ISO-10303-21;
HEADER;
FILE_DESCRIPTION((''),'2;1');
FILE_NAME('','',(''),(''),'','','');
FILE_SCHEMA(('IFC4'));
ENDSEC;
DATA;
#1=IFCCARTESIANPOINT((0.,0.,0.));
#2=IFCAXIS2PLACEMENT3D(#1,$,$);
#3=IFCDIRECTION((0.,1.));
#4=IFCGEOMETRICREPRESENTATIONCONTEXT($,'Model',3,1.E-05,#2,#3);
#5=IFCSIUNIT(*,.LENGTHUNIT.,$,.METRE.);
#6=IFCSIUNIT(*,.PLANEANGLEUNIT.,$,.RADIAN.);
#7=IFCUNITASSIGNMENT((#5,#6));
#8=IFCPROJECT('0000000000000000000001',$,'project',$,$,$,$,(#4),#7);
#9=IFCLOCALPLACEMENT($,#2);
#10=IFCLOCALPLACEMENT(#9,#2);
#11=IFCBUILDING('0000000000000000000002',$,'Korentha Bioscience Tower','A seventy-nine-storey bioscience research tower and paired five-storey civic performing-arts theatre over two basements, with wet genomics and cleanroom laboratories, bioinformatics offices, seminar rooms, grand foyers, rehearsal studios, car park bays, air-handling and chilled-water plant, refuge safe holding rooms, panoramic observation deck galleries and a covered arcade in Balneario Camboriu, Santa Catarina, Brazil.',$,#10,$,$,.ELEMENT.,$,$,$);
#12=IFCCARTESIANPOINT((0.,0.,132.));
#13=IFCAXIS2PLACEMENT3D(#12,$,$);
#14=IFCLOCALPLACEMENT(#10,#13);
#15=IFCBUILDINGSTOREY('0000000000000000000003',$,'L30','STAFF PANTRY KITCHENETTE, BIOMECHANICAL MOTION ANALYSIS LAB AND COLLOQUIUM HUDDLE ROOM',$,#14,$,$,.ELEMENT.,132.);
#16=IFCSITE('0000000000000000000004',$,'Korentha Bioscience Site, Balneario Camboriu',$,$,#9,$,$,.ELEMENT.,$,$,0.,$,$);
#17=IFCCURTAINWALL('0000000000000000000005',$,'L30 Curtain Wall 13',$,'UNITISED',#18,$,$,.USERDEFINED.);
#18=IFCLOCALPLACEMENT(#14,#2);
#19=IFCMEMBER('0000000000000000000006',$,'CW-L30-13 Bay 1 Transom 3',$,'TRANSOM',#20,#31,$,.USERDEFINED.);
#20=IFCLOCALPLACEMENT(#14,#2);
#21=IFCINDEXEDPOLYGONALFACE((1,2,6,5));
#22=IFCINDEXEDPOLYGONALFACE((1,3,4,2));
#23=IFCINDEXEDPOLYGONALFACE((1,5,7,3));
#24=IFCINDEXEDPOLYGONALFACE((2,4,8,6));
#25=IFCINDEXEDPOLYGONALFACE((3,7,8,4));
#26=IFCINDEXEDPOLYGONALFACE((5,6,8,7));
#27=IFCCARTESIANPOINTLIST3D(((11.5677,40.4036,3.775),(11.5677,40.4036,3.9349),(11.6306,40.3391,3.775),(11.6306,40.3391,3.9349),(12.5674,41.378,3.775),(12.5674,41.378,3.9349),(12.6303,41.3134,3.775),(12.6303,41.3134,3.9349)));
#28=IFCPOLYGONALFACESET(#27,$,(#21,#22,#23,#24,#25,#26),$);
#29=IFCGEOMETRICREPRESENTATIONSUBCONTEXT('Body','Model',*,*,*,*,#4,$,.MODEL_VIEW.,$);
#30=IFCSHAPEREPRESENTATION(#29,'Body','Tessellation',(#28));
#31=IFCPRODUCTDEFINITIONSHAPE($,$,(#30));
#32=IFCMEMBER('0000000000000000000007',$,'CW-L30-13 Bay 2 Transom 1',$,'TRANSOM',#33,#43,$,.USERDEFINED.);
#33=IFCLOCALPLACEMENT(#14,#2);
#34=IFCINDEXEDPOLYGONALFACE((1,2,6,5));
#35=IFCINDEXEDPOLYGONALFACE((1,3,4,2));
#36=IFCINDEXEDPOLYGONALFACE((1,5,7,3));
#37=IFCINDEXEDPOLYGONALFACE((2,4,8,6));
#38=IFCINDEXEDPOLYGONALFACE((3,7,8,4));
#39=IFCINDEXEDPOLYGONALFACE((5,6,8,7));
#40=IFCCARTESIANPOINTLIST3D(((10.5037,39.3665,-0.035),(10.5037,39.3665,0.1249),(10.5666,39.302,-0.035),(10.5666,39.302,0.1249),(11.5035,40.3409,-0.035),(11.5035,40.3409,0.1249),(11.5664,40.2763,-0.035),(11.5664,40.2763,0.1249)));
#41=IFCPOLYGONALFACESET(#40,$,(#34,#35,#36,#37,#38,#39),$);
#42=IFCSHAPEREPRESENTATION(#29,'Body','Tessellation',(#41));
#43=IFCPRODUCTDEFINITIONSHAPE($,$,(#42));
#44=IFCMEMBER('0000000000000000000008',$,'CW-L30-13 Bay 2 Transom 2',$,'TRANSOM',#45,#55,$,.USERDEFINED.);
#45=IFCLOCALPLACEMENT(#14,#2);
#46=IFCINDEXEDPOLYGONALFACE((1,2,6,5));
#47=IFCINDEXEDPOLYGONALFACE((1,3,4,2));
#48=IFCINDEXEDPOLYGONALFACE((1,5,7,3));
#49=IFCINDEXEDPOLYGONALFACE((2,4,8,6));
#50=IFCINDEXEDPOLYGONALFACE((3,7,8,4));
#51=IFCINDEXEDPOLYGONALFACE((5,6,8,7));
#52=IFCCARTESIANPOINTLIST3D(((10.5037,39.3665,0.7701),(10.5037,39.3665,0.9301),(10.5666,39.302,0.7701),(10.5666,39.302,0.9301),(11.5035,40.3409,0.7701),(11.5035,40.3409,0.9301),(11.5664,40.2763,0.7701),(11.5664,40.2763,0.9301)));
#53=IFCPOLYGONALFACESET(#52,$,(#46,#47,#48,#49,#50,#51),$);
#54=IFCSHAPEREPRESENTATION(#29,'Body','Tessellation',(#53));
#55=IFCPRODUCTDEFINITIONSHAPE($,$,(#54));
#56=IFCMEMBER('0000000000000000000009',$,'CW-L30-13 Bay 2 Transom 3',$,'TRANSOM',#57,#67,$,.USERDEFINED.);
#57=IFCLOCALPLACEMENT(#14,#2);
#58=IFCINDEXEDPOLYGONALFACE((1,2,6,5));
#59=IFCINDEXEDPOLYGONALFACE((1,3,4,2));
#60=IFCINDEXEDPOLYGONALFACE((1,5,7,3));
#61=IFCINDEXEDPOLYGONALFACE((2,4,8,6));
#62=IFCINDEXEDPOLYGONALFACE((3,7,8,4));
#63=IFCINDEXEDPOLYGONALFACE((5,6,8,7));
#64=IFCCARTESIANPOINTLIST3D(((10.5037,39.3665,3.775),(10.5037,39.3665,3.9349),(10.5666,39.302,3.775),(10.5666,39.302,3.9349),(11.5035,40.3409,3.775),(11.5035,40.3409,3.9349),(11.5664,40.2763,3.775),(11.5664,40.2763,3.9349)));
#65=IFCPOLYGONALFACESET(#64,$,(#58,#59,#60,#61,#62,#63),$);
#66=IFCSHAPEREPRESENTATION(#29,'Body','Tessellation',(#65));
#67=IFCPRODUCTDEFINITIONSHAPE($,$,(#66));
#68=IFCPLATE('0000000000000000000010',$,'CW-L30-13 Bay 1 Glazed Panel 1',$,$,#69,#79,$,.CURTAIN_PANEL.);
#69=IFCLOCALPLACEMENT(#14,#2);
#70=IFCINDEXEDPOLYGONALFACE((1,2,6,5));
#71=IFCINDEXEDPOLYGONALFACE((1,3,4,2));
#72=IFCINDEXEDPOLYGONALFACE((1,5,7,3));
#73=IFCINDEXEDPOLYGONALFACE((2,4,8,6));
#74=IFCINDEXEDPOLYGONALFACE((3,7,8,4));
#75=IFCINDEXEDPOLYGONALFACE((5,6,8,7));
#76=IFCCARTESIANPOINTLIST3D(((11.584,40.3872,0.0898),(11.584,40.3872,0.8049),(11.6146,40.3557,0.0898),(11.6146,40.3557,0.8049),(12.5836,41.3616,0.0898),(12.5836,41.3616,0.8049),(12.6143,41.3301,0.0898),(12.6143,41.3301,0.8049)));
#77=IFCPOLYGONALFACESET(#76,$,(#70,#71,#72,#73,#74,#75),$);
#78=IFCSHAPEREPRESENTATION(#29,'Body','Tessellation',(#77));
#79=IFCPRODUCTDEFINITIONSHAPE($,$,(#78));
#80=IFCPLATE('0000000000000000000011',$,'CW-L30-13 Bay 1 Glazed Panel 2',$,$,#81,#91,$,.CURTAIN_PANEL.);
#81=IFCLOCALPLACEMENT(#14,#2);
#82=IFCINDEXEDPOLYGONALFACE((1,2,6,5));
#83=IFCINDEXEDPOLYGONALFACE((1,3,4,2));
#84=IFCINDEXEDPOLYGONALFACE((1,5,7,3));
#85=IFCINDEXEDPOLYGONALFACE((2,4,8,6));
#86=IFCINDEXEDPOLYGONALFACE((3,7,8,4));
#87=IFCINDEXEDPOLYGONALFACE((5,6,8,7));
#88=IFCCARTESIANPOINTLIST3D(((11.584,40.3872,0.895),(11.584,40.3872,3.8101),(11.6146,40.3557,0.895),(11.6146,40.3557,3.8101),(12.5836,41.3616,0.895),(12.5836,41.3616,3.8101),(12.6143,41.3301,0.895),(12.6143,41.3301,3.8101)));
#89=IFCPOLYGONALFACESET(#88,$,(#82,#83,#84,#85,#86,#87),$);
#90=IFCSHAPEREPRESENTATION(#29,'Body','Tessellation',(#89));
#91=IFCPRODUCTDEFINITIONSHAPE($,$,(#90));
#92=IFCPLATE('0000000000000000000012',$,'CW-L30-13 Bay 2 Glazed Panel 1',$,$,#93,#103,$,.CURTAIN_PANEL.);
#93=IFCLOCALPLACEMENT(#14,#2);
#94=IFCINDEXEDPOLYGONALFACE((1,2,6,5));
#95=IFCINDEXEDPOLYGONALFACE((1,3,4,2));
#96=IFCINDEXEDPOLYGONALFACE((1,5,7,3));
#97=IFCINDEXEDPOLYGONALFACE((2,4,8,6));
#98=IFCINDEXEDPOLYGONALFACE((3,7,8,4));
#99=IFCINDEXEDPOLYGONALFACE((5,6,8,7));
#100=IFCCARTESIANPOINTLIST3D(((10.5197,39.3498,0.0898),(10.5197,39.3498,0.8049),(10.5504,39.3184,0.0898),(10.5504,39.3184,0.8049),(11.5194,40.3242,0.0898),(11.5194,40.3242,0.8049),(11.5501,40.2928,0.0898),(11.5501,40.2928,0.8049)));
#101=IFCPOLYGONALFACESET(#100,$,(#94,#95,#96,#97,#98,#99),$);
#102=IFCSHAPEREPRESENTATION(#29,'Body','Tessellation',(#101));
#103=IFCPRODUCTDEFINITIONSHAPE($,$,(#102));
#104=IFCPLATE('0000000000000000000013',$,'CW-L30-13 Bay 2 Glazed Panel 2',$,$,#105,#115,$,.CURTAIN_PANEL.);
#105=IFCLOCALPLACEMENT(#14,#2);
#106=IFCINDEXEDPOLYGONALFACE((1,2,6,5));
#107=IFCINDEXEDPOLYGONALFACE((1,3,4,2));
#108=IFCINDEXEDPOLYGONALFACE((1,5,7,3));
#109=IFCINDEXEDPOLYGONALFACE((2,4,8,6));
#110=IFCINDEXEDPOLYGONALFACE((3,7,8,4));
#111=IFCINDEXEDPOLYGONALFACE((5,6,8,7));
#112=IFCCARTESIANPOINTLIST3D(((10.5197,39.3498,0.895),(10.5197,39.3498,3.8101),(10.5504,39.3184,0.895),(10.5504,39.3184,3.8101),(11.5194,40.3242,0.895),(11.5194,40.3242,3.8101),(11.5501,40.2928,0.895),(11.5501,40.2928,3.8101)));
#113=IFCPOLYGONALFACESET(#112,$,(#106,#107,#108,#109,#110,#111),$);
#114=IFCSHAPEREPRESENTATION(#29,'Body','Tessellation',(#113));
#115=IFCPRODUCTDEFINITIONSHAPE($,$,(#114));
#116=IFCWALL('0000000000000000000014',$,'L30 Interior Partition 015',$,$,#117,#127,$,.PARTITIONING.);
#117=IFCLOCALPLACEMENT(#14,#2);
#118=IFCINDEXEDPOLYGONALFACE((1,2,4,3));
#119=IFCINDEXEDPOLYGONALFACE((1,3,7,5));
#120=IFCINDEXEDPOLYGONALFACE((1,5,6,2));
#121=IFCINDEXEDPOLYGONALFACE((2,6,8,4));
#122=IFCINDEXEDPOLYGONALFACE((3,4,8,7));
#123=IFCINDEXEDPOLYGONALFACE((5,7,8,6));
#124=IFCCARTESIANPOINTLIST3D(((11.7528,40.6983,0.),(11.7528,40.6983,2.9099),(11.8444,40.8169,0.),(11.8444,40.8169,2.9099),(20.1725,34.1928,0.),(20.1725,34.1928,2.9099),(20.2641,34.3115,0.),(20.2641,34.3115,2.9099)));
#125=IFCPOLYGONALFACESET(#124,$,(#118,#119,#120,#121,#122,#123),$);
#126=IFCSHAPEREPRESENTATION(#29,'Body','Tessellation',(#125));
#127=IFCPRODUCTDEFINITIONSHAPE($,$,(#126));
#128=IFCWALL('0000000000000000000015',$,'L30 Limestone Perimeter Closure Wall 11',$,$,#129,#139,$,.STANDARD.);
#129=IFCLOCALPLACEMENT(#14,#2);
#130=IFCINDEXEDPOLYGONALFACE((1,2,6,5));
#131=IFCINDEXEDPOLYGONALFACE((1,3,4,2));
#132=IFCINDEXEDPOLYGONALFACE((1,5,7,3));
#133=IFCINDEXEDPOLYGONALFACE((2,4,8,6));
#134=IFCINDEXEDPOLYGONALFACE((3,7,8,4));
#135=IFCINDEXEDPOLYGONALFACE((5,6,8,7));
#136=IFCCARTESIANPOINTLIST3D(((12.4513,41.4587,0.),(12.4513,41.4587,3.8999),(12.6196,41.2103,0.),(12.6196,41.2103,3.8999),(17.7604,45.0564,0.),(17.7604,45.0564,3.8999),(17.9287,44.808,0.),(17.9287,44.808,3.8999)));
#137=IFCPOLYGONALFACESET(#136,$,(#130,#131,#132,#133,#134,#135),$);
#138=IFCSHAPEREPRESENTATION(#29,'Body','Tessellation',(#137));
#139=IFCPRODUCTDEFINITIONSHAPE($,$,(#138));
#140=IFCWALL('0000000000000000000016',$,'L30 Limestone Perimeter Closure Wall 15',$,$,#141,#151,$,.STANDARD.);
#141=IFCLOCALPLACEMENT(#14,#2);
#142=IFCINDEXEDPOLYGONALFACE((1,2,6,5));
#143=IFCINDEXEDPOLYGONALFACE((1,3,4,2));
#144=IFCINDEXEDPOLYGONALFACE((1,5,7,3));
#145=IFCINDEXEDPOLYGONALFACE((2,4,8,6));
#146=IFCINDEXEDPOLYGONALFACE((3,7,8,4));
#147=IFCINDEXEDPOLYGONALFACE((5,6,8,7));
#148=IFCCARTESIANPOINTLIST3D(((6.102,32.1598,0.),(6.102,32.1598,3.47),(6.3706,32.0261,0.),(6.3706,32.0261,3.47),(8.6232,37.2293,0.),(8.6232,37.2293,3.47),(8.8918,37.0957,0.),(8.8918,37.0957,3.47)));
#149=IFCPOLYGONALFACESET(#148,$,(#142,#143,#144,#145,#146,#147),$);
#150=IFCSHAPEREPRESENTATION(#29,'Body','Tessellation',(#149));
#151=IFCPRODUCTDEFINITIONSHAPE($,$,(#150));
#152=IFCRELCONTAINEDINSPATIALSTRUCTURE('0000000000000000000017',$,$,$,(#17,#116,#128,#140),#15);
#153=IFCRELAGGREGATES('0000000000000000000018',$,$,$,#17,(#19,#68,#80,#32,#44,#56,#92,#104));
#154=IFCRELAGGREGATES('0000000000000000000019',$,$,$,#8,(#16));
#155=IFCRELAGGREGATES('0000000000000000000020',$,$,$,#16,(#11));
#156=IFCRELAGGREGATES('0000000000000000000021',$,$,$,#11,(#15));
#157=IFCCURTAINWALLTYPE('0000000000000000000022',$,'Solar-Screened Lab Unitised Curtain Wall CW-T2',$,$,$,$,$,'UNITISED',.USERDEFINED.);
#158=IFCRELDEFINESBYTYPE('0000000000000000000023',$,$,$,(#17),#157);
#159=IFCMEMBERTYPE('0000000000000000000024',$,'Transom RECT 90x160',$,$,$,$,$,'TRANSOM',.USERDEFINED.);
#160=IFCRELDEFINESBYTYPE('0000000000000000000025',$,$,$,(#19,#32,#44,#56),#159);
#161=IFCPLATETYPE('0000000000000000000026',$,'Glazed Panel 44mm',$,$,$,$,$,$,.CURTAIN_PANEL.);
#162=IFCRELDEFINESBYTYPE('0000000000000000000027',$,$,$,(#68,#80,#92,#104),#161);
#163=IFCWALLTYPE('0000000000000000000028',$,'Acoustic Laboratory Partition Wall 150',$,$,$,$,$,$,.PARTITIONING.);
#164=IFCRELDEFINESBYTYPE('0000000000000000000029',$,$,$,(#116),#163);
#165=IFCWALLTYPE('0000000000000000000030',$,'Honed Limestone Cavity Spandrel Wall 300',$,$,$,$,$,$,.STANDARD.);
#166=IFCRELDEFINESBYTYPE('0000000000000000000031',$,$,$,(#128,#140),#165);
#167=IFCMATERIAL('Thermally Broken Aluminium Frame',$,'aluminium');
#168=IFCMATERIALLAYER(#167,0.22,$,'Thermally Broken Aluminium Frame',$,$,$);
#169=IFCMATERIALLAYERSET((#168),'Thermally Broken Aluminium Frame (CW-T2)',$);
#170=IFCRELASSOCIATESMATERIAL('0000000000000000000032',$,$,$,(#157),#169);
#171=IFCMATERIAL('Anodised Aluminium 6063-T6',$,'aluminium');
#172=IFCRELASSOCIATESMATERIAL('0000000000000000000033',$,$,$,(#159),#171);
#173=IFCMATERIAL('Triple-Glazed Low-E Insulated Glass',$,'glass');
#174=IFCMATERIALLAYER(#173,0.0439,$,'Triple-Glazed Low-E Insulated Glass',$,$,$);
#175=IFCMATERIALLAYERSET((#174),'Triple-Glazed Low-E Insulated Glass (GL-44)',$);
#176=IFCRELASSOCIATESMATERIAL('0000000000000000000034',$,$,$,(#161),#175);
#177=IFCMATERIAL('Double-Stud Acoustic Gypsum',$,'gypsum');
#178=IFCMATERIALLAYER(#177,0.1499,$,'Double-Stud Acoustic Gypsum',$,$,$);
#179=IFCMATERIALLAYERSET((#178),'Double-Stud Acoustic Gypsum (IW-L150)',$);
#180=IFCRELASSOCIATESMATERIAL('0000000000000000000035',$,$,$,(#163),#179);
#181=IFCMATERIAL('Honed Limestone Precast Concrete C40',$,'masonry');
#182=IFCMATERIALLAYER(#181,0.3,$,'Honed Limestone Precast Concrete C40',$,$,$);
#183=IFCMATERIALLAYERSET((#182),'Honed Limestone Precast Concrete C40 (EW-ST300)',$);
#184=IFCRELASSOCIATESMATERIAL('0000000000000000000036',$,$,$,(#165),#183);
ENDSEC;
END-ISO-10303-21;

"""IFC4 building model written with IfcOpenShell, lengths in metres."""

from ifc_helpers import new_model, si_unit, direction, frame, frame_2d, origin, origin_2d, place, context, subcontext, project, spatial, rectangle, extrude, material, layer, layer_set, material_profile, profile_set, type_object, element, aggregate, save


model = new_model("IFC4")

# Units and contexts
model_context = context("Model", 3, precision=1e-05, world=origin(), true_north=direction((0.0, 1.0)))
body_context = subcontext(model_context, "Body", "Model", "MODEL_VIEW")
ifc_project = project(units=[si_unit("LENGTHUNIT", "METRE"), si_unit("PLANEANGLEUNIT", "RADIAN")], contexts=[model_context])

# Site, building, storey
site_placement = place(None, origin())
site = spatial("IfcSite", under=ifc_project, at=site_placement, Name="Korentha Bioscience Site, Balneario Camboriu", CompositionType="ELEMENT", RefElevation=0.0)
building_placement = place(site_placement, origin())
building = spatial("IfcBuilding", under=site, at=building_placement, Name="Korentha Bioscience Tower", Description="A seventy-nine-storey bioscience research tower and paired five-storey civic performing-arts theatre over two basements, with wet genomics and cleanroom laboratories, bioinformatics offices, seminar rooms, grand foyers, rehearsal studios, car park bays, air-handling and chilled-water plant, refuge safe holding rooms, panoramic observation deck galleries and a covered arcade in Balneario Camboriu, Santa Catarina, Brazil.", CompositionType="ELEMENT")
storey_placement = place(building_placement, frame((0.0, 0.0, 132.0)))
storey = spatial("IfcBuildingStorey", under=building, at=storey_placement, Name="L30", Description="STAFF PANTRY KITCHENETTE, BIOMECHANICAL MOTION ANALYSIS LAB AND COLLOQUIUM HUDDLE ROOM", CompositionType="ELEMENT", Elevation=132.0)

# Curtain wall
ifc_material_1 = material(Name="Thermally Broken Aluminium Frame", Category="aluminium")
ifc_layer_1 = layer(ifc_material_1, 0.22, Name="Thermally Broken Aluminium Frame")
ifc_layer_set_1 = layer_set([ifc_layer_1], Name="Thermally Broken Aluminium Frame (CW-T2)")
curtain_wall_type = type_object("IfcCurtainWallType", Name="Solar-Screened Lab Unitised Curtain Wall CW-T2", ElementType="UNITISED", PredefinedType="USERDEFINED", material=ifc_layer_set_1)
curtain_wall_placement = place(storey_placement, origin())
curtain_wall = element("IfcCurtainWall", 1, at=curtain_wall_placement, inside=storey, type_object=curtain_wall_type, Name="L30 Curtain Wall 13", ObjectType="UNITISED", PredefinedType="USERDEFINED")
ifc_material_2 = material(Name="Anodised Aluminium 6063-T6", Category="aluminium")

# Members
ifc_material_profile_1 = material_profile(ifc_material_2, rectangle(XDim=0.0901, YDim=0.1599, at=origin_2d()), Name="Anodised Aluminium 6063-T6")
ifc_profile_set_1 = profile_set([ifc_material_profile_1], Name="Anodised Aluminium 6063-T6 (CW-TRN)")
member_type_1 = type_object("IfcMemberType", Name="Transom RECT 90x160", ElementType="TRANSOM", PredefinedType="USERDEFINED", material=ifc_profile_set_1)
member_1_placement = place(storey_placement, frame((12.5989, 41.3457, 3.855), z_axis=(-0.716142, -0.697954, 0.0), x_axis=(0.697954, -0.716142, 0.0)))
member_1 = element("IfcMember", 2, at=member_1_placement, type_object=member_type_1, Name="CW-L30-13 Bay 1 Transom 3", ObjectType="TRANSOM", PredefinedType="USERDEFINED", context=body_context, shape_type="SweptSolid", body=[
    extrude(rectangle(XDim=0.0901, YDim=0.1599, at=origin_2d()), origin(), (0.0, 0.0, 1.0), 1.396),
])
member_2_placement = place(storey_placement, frame((11.5349, 40.3086, 0.0449), z_axis=(-0.716142, -0.697954, 0.0), x_axis=(0.697954, -0.716142, 0.0)))
member_2 = element("IfcMember", 3, at=member_2_placement, type_object=member_type_1, Name="CW-L30-13 Bay 2 Transom 1", ObjectType="TRANSOM", PredefinedType="USERDEFINED", context=body_context, shape_type="SweptSolid", body=[
    extrude(rectangle(XDim=0.0901, YDim=0.1599, at=origin_2d()), origin(), (0.0, 0.0, 1.0), 1.396),
])
member_3_placement = place(storey_placement, frame((11.5349, 40.3086, 0.8501), z_axis=(-0.716142, -0.697954, 0.0), x_axis=(0.697954, -0.716142, 0.0)))
member_3 = element("IfcMember", 4, at=member_3_placement, type_object=member_type_1, Name="CW-L30-13 Bay 2 Transom 2", ObjectType="TRANSOM", PredefinedType="USERDEFINED", context=body_context, shape_type="SweptSolid", body=[
    extrude(rectangle(XDim=0.0901, YDim=0.1599, at=origin_2d()), origin(), (0.0, 0.0, 1.0), 1.396),
])
member_4_placement = place(storey_placement, frame((11.5349, 40.3086, 3.855), z_axis=(-0.716142, -0.697954, 0.0), x_axis=(0.697954, -0.716142, 0.0)))
member_4 = element("IfcMember", 5, at=member_4_placement, type_object=member_type_1, Name="CW-L30-13 Bay 2 Transom 3", ObjectType="TRANSOM", PredefinedType="USERDEFINED", context=body_context, shape_type="SweptSolid", body=[
    extrude(rectangle(XDim=0.0901, YDim=0.1599, at=origin_2d()), origin(), (0.0, 0.0, 1.0), 1.396),
])

# Plates
ifc_material_3 = material(Name="Triple-Glazed Low-E Insulated Glass", Category="glass")
ifc_layer_2 = layer(ifc_material_3, 0.0439, Name="Triple-Glazed Low-E Insulated Glass")
ifc_layer_set_2 = layer_set([ifc_layer_2], Name="Triple-Glazed Low-E Insulated Glass (GL-44)")
plate_type = type_object("IfcPlateType", Name="Glazed Panel 44mm", PredefinedType="CURTAIN_PANEL", material=ifc_layer_set_2)
plate_1_placement = place(storey_placement, frame((12.0991, 40.8586, 0.0898), z_axis=(0.0, 0.0, 1.0), x_axis=(-0.716096, -0.698002, 0.0)))
plate_1 = element("IfcPlate", 6, at=plate_1_placement, type_object=plate_type, Name="CW-L30-13 Bay 1 Glazed Panel 1", PredefinedType="CURTAIN_PANEL", context=body_context, shape_type="SweptSolid", body=[
    extrude(rectangle(XDim=1.396, YDim=0.0439, at=origin_2d()), origin(), (0.0, 0.0, 1.0), 0.7151),
])
plate_2_placement = place(storey_placement, frame((12.0991, 40.8586, 0.895), z_axis=(0.0, 0.0, 1.0), x_axis=(-0.716096, -0.698002, 0.0)))
plate_2 = element("IfcPlate", 7, at=plate_2_placement, type_object=plate_type, Name="CW-L30-13 Bay 1 Glazed Panel 2", PredefinedType="CURTAIN_PANEL", context=body_context, shape_type="SweptSolid", body=[
    extrude(rectangle(XDim=1.396, YDim=0.0439, at=origin_2d()), origin(), (0.0, 0.0, 1.0), 2.915),
])
plate_3_placement = place(storey_placement, frame((11.0349, 39.8213, 0.0898), z_axis=(0.0, 0.0, 1.0), x_axis=(-0.716096, -0.698002, 0.0)))
plate_3 = element("IfcPlate", 8, at=plate_3_placement, type_object=plate_type, Name="CW-L30-13 Bay 2 Glazed Panel 1", PredefinedType="CURTAIN_PANEL", context=body_context, shape_type="SweptSolid", body=[
    extrude(rectangle(XDim=1.396, YDim=0.0439, at=origin_2d()), origin(), (0.0, 0.0, 1.0), 0.7151),
])
plate_4_placement = place(storey_placement, frame((11.0349, 39.8213, 0.895), z_axis=(0.0, 0.0, 1.0), x_axis=(-0.716096, -0.698002, 0.0)))
plate_4 = element("IfcPlate", 9, at=plate_4_placement, type_object=plate_type, Name="CW-L30-13 Bay 2 Glazed Panel 2", PredefinedType="CURTAIN_PANEL", context=body_context, shape_type="SweptSolid", body=[
    extrude(rectangle(XDim=1.396, YDim=0.0439, at=origin_2d()), origin(), (0.0, 0.0, 1.0), 2.915),
])
aggregate(curtain_wall, [member_1, plate_1, plate_2, member_2, member_3, member_4, plate_3, plate_4])

# Wall
ifc_material_4 = material(Name="Double-Stud Acoustic Gypsum", Category="gypsum")
ifc_layer_3 = layer(ifc_material_4, 0.1499, Name="Double-Stud Acoustic Gypsum")
ifc_layer_set_3 = layer_set([ifc_layer_3], Name="Double-Stud Acoustic Gypsum (IW-L150)")
wall_type_1 = type_object("IfcWallType", Name="Acoustic Laboratory Partition Wall 150", PredefinedType="PARTITIONING", material=ifc_layer_set_3)
wall_1_placement = place(storey_placement, frame((11.7986, 40.7576, 0.0), z_axis=(0.0, 0.0, 1.0), x_axis=(0.791319, -0.611404, 0.0)))
element("IfcWall", 10, at=wall_1_placement, inside=storey, type_object=wall_type_1, Name="L30 Interior Partition 015", PredefinedType="PARTITIONING", context=body_context, shape_type="SweptSolid", body=[
    extrude(rectangle(XDim=10.6401, YDim=0.1499, at=frame_2d((5.3201, 0.0))), origin(), (0.0, 0.0, 1.0), 2.9099),
])

# Shared definitions
ifc_material_5 = material(Name="Honed Limestone Precast Concrete C40", Category="masonry")
ifc_layer_4 = layer(ifc_material_5, 0.3, Name="Honed Limestone Precast Concrete C40")
ifc_layer_set_4 = layer_set([ifc_layer_4], Name="Honed Limestone Precast Concrete C40 (EW-ST300)")
wall_type_2 = type_object("IfcWallType", Name="Honed Limestone Cavity Spandrel Wall 300", PredefinedType="STANDARD", material=ifc_layer_set_4)

# Walls
wall_2_placement = place(storey_placement, frame((17.8445, 44.9321, 0.0), z_axis=(0.0, 0.0, 1.0), x_axis=(-0.827833, -0.560974, 0.0)))
element("IfcWall", 11, at=wall_2_placement, inside=storey, type_object=wall_type_2, Name="L30 Limestone Perimeter Closure Wall 11", PredefinedType="STANDARD", context=body_context, shape_type="SweptSolid", body=[
    extrude(rectangle(XDim=6.4133, YDim=0.3, at=frame_2d((3.2065, 0.0))), origin(), (0.0, 0.0, 1.0), 3.8999),
])
wall_3_placement = place(storey_placement, frame((8.7576, 37.1626, 0.0), z_axis=(0.0, 0.0, 1.0), x_axis=(-0.445298, -0.895382, 0.0)))
element("IfcWall", 12, at=wall_3_placement, inside=storey, type_object=wall_type_2, Name="L30 Limestone Perimeter Closure Wall 15", PredefinedType="STANDARD", context=body_context, shape_type="SweptSolid", body=[
    extrude(rectangle(XDim=5.6619, YDim=0.3, at=frame_2d((2.8311, 0.0))), origin(), (0.0, 0.0, 1.0), 3.47),
])

save(model, "model.ifc")
